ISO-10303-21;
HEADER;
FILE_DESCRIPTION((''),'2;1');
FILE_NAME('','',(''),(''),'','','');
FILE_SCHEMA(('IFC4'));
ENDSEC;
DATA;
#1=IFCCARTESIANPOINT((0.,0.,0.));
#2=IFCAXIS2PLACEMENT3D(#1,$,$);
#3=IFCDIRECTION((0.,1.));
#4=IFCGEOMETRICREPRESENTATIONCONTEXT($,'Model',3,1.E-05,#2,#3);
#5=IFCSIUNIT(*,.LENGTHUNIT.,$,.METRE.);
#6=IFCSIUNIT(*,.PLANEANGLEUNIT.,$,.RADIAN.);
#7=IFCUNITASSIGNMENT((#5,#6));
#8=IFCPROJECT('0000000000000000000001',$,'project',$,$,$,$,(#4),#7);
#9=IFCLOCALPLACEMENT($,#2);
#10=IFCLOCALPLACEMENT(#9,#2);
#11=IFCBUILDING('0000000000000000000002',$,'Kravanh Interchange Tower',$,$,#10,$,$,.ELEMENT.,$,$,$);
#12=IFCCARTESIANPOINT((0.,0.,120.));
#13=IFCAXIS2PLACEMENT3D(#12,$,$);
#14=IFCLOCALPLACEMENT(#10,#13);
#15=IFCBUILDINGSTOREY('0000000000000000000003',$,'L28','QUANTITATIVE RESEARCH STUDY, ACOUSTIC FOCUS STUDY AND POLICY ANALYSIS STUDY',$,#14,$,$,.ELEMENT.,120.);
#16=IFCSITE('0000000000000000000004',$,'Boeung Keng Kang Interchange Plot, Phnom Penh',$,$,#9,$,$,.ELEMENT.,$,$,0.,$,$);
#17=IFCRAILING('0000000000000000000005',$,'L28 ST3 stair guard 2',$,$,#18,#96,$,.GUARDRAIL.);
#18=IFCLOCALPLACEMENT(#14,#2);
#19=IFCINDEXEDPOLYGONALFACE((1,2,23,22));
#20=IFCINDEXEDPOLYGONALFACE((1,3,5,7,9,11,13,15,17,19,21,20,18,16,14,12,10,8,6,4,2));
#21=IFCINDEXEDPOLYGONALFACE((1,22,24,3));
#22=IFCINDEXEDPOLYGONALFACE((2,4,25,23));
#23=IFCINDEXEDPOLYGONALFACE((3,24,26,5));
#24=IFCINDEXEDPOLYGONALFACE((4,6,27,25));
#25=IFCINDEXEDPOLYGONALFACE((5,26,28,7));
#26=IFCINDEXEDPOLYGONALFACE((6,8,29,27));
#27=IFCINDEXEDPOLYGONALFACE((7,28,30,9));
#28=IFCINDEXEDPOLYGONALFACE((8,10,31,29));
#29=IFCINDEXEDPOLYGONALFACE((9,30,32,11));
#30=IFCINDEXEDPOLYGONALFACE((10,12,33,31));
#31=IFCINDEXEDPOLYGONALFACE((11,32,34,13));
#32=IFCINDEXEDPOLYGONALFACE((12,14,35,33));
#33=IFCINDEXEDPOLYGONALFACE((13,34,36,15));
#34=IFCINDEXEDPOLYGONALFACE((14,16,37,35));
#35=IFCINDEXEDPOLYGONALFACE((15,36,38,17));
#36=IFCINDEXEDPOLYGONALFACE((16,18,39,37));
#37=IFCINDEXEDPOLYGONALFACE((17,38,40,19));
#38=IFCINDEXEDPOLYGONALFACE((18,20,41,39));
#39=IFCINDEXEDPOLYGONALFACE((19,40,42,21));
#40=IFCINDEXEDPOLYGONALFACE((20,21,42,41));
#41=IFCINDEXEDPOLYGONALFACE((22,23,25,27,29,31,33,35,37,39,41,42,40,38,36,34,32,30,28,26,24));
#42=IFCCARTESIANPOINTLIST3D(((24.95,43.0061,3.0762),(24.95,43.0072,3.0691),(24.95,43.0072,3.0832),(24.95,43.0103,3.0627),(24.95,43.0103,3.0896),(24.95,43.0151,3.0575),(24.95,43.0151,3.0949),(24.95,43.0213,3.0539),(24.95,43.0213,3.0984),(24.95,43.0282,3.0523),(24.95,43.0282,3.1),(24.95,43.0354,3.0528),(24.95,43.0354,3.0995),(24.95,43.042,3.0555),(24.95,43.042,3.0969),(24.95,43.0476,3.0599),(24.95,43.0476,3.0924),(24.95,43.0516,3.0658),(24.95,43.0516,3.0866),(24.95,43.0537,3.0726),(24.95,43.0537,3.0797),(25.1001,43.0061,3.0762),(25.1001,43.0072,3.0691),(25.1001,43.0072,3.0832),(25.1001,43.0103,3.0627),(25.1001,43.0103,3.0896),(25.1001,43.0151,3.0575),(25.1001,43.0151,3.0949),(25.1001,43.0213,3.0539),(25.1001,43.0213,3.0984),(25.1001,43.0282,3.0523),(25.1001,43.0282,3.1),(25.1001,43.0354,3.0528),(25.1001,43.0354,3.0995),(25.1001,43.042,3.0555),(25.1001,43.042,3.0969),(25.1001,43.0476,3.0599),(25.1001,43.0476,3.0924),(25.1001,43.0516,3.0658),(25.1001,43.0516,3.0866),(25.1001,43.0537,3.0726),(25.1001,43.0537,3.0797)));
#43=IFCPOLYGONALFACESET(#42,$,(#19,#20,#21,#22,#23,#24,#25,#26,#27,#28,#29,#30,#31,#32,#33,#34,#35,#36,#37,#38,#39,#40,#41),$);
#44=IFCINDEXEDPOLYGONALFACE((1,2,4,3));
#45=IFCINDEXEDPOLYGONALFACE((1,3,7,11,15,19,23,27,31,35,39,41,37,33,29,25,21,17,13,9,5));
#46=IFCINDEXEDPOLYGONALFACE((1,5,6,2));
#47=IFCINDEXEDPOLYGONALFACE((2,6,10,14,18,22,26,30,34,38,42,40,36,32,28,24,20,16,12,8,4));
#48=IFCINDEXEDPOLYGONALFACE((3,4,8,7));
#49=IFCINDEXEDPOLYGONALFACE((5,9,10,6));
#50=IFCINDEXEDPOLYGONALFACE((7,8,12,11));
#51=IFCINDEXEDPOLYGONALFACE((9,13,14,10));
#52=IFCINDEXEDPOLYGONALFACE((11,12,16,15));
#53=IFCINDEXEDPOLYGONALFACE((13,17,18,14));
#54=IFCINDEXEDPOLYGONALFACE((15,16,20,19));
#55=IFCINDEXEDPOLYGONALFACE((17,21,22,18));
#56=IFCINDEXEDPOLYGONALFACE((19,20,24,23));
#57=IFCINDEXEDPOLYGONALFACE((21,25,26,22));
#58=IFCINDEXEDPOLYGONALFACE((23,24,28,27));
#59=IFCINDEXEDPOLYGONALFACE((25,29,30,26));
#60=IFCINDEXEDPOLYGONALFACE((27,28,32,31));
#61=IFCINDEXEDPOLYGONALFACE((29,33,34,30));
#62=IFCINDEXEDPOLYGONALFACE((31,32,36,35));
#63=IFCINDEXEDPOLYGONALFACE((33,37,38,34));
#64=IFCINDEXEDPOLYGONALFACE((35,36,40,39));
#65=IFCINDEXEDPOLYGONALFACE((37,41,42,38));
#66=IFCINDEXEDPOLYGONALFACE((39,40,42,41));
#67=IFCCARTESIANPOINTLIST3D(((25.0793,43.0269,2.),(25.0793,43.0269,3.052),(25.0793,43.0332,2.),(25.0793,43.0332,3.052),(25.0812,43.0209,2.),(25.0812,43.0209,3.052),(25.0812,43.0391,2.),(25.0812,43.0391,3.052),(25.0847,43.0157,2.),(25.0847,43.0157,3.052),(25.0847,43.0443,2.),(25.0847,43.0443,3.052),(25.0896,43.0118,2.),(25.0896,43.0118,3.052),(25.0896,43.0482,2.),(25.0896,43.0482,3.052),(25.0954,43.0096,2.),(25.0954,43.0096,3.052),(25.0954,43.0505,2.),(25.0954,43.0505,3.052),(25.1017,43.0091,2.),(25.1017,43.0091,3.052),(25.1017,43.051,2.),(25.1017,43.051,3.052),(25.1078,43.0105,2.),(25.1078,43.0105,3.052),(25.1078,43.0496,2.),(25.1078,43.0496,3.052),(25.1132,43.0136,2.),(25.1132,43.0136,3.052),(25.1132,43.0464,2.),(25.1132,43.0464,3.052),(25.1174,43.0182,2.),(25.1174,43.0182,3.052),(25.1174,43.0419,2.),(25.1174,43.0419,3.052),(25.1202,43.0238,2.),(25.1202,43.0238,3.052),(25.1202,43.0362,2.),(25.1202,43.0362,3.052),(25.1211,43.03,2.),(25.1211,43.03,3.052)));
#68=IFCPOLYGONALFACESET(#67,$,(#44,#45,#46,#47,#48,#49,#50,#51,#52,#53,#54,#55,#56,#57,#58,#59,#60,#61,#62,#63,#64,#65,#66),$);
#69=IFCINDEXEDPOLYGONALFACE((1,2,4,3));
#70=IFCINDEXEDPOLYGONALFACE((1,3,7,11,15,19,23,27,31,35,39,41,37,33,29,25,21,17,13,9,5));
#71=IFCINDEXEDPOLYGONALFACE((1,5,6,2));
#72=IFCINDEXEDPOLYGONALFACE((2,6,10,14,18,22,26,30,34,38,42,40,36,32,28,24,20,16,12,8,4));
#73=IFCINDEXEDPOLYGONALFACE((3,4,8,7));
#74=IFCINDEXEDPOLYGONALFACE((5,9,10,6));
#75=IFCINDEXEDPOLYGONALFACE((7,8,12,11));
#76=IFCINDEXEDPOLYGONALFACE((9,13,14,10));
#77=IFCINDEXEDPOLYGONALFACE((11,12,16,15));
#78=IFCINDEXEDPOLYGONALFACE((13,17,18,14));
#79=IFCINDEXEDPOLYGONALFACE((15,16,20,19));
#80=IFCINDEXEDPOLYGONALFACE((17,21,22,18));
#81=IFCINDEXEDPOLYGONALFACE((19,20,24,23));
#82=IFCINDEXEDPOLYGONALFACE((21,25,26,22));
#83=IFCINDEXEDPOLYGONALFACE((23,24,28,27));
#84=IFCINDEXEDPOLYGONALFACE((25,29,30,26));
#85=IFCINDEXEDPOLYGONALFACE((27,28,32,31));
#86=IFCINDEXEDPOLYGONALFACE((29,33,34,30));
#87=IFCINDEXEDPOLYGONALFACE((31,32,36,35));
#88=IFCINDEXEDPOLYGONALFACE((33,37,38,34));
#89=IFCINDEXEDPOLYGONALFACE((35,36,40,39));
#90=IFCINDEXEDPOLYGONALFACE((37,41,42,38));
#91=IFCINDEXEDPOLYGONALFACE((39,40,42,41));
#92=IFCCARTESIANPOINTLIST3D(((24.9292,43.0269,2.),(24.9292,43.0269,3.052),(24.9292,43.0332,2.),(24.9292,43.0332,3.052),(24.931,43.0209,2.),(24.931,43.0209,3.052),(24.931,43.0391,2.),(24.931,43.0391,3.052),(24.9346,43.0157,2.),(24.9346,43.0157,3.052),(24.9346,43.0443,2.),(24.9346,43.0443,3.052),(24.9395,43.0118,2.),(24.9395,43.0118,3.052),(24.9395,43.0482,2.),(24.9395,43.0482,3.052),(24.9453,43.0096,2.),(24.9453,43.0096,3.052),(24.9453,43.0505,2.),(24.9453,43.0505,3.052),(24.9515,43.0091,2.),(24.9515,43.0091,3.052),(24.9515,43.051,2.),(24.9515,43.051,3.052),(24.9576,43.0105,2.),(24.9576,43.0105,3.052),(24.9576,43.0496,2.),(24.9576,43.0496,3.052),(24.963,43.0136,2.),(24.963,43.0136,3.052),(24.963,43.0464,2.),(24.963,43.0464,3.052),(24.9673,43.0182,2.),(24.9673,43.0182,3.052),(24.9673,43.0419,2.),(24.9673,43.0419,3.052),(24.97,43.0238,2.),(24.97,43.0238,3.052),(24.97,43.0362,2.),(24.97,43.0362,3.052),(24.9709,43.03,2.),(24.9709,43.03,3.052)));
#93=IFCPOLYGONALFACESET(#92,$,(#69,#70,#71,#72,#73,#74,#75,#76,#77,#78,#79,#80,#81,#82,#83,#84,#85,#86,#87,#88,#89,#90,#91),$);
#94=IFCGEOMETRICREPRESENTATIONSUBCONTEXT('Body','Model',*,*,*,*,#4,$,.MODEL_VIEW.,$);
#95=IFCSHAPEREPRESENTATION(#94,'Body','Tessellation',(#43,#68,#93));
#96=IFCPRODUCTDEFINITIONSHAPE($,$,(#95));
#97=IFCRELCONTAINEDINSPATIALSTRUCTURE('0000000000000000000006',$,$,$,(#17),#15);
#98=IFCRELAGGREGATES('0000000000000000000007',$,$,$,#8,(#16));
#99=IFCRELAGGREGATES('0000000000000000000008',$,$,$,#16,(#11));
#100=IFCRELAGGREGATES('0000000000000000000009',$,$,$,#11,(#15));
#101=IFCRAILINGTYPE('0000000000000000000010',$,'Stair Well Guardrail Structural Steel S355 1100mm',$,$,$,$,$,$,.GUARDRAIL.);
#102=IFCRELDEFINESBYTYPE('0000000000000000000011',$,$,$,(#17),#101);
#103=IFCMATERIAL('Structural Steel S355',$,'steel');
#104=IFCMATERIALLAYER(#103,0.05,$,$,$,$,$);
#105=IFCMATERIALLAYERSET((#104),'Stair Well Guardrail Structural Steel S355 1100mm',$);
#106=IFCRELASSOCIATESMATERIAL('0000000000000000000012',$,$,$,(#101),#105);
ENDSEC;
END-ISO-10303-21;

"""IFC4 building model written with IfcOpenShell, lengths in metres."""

from ifc_helpers import new_model, si_unit, direction, frame, origin, origin_2d, place, context, subcontext, project, spatial, circle, extrude, material, layer, layer_set, type_object, element, save


model = new_model("IFC4")

# Units and contexts
model_context = context("Model", 3, precision=1e-05, world=origin(), true_north=direction((0.0, 1.0)))
body_context = subcontext(model_context, "Body", "Model", "MODEL_VIEW")
ifc_project = project(units=[si_unit("LENGTHUNIT", "METRE"), si_unit("PLANEANGLEUNIT", "RADIAN")], contexts=[model_context])

# Site, building, storey
site_placement = place(None, origin())
site = spatial("IfcSite", under=ifc_project, at=site_placement, Name="Boeung Keng Kang Interchange Plot, Phnom Penh", CompositionType="ELEMENT", RefElevation=0.0)
building_placement = place(site_placement, origin())
building = spatial("IfcBuilding", under=site, at=building_placement, Name="Kravanh Interchange Tower", CompositionType="ELEMENT")
storey_placement = place(building_placement, frame((0.0, 0.0, 120.0)))
storey = spatial("IfcBuildingStorey", under=building, at=storey_placement, Name="L28", Description="QUANTITATIVE RESEARCH STUDY, ACOUSTIC FOCUS STUDY AND POLICY ANALYSIS STUDY", CompositionType="ELEMENT", Elevation=120.0)

# Railing
ifc_material_1 = material(Name="Structural Steel S355", Category="steel")
ifc_layer_1 = layer(ifc_material_1, 0.05)
ifc_layer_set_1 = layer_set([ifc_layer_1], Name="Stair Well Guardrail Structural Steel S355 1100mm")
railing_type_1 = type_object("IfcRailingType", Name="Stair Well Guardrail Structural Steel S355 1100mm", PredefinedType="GUARDRAIL", material=ifc_layer_set_1)
railing_1_placement = place(storey_placement, frame((25.1001, 43.03, 2.0)))
element("IfcRailing", 1, at=railing_1_placement, inside=storey, type_object=railing_type_1, Name="L28 ST3 stair guard 2", PredefinedType="GUARDRAIL", context=body_context, shape_type="SweptSolid", body=[
    extrude(circle(Radius=0.0239, at=origin_2d()), frame((0.0, 0.0, 1.0762), z_axis=(-1.0, 0.0, 0.0), x_axis=(0.0, -1.0, 0.0)), (0.0, 0.0, 1.0), 0.1501),
    extrude(circle(Radius=0.021, at=origin_2d()), origin(), (0.0, 0.0, 1.0), 1.052),
    extrude(circle(Radius=0.021, at=origin_2d()), frame((-0.1501, 0.0, 0.0)), (0.0, 0.0, 1.0), 1.052),
])

save(model, "model.ifc")
